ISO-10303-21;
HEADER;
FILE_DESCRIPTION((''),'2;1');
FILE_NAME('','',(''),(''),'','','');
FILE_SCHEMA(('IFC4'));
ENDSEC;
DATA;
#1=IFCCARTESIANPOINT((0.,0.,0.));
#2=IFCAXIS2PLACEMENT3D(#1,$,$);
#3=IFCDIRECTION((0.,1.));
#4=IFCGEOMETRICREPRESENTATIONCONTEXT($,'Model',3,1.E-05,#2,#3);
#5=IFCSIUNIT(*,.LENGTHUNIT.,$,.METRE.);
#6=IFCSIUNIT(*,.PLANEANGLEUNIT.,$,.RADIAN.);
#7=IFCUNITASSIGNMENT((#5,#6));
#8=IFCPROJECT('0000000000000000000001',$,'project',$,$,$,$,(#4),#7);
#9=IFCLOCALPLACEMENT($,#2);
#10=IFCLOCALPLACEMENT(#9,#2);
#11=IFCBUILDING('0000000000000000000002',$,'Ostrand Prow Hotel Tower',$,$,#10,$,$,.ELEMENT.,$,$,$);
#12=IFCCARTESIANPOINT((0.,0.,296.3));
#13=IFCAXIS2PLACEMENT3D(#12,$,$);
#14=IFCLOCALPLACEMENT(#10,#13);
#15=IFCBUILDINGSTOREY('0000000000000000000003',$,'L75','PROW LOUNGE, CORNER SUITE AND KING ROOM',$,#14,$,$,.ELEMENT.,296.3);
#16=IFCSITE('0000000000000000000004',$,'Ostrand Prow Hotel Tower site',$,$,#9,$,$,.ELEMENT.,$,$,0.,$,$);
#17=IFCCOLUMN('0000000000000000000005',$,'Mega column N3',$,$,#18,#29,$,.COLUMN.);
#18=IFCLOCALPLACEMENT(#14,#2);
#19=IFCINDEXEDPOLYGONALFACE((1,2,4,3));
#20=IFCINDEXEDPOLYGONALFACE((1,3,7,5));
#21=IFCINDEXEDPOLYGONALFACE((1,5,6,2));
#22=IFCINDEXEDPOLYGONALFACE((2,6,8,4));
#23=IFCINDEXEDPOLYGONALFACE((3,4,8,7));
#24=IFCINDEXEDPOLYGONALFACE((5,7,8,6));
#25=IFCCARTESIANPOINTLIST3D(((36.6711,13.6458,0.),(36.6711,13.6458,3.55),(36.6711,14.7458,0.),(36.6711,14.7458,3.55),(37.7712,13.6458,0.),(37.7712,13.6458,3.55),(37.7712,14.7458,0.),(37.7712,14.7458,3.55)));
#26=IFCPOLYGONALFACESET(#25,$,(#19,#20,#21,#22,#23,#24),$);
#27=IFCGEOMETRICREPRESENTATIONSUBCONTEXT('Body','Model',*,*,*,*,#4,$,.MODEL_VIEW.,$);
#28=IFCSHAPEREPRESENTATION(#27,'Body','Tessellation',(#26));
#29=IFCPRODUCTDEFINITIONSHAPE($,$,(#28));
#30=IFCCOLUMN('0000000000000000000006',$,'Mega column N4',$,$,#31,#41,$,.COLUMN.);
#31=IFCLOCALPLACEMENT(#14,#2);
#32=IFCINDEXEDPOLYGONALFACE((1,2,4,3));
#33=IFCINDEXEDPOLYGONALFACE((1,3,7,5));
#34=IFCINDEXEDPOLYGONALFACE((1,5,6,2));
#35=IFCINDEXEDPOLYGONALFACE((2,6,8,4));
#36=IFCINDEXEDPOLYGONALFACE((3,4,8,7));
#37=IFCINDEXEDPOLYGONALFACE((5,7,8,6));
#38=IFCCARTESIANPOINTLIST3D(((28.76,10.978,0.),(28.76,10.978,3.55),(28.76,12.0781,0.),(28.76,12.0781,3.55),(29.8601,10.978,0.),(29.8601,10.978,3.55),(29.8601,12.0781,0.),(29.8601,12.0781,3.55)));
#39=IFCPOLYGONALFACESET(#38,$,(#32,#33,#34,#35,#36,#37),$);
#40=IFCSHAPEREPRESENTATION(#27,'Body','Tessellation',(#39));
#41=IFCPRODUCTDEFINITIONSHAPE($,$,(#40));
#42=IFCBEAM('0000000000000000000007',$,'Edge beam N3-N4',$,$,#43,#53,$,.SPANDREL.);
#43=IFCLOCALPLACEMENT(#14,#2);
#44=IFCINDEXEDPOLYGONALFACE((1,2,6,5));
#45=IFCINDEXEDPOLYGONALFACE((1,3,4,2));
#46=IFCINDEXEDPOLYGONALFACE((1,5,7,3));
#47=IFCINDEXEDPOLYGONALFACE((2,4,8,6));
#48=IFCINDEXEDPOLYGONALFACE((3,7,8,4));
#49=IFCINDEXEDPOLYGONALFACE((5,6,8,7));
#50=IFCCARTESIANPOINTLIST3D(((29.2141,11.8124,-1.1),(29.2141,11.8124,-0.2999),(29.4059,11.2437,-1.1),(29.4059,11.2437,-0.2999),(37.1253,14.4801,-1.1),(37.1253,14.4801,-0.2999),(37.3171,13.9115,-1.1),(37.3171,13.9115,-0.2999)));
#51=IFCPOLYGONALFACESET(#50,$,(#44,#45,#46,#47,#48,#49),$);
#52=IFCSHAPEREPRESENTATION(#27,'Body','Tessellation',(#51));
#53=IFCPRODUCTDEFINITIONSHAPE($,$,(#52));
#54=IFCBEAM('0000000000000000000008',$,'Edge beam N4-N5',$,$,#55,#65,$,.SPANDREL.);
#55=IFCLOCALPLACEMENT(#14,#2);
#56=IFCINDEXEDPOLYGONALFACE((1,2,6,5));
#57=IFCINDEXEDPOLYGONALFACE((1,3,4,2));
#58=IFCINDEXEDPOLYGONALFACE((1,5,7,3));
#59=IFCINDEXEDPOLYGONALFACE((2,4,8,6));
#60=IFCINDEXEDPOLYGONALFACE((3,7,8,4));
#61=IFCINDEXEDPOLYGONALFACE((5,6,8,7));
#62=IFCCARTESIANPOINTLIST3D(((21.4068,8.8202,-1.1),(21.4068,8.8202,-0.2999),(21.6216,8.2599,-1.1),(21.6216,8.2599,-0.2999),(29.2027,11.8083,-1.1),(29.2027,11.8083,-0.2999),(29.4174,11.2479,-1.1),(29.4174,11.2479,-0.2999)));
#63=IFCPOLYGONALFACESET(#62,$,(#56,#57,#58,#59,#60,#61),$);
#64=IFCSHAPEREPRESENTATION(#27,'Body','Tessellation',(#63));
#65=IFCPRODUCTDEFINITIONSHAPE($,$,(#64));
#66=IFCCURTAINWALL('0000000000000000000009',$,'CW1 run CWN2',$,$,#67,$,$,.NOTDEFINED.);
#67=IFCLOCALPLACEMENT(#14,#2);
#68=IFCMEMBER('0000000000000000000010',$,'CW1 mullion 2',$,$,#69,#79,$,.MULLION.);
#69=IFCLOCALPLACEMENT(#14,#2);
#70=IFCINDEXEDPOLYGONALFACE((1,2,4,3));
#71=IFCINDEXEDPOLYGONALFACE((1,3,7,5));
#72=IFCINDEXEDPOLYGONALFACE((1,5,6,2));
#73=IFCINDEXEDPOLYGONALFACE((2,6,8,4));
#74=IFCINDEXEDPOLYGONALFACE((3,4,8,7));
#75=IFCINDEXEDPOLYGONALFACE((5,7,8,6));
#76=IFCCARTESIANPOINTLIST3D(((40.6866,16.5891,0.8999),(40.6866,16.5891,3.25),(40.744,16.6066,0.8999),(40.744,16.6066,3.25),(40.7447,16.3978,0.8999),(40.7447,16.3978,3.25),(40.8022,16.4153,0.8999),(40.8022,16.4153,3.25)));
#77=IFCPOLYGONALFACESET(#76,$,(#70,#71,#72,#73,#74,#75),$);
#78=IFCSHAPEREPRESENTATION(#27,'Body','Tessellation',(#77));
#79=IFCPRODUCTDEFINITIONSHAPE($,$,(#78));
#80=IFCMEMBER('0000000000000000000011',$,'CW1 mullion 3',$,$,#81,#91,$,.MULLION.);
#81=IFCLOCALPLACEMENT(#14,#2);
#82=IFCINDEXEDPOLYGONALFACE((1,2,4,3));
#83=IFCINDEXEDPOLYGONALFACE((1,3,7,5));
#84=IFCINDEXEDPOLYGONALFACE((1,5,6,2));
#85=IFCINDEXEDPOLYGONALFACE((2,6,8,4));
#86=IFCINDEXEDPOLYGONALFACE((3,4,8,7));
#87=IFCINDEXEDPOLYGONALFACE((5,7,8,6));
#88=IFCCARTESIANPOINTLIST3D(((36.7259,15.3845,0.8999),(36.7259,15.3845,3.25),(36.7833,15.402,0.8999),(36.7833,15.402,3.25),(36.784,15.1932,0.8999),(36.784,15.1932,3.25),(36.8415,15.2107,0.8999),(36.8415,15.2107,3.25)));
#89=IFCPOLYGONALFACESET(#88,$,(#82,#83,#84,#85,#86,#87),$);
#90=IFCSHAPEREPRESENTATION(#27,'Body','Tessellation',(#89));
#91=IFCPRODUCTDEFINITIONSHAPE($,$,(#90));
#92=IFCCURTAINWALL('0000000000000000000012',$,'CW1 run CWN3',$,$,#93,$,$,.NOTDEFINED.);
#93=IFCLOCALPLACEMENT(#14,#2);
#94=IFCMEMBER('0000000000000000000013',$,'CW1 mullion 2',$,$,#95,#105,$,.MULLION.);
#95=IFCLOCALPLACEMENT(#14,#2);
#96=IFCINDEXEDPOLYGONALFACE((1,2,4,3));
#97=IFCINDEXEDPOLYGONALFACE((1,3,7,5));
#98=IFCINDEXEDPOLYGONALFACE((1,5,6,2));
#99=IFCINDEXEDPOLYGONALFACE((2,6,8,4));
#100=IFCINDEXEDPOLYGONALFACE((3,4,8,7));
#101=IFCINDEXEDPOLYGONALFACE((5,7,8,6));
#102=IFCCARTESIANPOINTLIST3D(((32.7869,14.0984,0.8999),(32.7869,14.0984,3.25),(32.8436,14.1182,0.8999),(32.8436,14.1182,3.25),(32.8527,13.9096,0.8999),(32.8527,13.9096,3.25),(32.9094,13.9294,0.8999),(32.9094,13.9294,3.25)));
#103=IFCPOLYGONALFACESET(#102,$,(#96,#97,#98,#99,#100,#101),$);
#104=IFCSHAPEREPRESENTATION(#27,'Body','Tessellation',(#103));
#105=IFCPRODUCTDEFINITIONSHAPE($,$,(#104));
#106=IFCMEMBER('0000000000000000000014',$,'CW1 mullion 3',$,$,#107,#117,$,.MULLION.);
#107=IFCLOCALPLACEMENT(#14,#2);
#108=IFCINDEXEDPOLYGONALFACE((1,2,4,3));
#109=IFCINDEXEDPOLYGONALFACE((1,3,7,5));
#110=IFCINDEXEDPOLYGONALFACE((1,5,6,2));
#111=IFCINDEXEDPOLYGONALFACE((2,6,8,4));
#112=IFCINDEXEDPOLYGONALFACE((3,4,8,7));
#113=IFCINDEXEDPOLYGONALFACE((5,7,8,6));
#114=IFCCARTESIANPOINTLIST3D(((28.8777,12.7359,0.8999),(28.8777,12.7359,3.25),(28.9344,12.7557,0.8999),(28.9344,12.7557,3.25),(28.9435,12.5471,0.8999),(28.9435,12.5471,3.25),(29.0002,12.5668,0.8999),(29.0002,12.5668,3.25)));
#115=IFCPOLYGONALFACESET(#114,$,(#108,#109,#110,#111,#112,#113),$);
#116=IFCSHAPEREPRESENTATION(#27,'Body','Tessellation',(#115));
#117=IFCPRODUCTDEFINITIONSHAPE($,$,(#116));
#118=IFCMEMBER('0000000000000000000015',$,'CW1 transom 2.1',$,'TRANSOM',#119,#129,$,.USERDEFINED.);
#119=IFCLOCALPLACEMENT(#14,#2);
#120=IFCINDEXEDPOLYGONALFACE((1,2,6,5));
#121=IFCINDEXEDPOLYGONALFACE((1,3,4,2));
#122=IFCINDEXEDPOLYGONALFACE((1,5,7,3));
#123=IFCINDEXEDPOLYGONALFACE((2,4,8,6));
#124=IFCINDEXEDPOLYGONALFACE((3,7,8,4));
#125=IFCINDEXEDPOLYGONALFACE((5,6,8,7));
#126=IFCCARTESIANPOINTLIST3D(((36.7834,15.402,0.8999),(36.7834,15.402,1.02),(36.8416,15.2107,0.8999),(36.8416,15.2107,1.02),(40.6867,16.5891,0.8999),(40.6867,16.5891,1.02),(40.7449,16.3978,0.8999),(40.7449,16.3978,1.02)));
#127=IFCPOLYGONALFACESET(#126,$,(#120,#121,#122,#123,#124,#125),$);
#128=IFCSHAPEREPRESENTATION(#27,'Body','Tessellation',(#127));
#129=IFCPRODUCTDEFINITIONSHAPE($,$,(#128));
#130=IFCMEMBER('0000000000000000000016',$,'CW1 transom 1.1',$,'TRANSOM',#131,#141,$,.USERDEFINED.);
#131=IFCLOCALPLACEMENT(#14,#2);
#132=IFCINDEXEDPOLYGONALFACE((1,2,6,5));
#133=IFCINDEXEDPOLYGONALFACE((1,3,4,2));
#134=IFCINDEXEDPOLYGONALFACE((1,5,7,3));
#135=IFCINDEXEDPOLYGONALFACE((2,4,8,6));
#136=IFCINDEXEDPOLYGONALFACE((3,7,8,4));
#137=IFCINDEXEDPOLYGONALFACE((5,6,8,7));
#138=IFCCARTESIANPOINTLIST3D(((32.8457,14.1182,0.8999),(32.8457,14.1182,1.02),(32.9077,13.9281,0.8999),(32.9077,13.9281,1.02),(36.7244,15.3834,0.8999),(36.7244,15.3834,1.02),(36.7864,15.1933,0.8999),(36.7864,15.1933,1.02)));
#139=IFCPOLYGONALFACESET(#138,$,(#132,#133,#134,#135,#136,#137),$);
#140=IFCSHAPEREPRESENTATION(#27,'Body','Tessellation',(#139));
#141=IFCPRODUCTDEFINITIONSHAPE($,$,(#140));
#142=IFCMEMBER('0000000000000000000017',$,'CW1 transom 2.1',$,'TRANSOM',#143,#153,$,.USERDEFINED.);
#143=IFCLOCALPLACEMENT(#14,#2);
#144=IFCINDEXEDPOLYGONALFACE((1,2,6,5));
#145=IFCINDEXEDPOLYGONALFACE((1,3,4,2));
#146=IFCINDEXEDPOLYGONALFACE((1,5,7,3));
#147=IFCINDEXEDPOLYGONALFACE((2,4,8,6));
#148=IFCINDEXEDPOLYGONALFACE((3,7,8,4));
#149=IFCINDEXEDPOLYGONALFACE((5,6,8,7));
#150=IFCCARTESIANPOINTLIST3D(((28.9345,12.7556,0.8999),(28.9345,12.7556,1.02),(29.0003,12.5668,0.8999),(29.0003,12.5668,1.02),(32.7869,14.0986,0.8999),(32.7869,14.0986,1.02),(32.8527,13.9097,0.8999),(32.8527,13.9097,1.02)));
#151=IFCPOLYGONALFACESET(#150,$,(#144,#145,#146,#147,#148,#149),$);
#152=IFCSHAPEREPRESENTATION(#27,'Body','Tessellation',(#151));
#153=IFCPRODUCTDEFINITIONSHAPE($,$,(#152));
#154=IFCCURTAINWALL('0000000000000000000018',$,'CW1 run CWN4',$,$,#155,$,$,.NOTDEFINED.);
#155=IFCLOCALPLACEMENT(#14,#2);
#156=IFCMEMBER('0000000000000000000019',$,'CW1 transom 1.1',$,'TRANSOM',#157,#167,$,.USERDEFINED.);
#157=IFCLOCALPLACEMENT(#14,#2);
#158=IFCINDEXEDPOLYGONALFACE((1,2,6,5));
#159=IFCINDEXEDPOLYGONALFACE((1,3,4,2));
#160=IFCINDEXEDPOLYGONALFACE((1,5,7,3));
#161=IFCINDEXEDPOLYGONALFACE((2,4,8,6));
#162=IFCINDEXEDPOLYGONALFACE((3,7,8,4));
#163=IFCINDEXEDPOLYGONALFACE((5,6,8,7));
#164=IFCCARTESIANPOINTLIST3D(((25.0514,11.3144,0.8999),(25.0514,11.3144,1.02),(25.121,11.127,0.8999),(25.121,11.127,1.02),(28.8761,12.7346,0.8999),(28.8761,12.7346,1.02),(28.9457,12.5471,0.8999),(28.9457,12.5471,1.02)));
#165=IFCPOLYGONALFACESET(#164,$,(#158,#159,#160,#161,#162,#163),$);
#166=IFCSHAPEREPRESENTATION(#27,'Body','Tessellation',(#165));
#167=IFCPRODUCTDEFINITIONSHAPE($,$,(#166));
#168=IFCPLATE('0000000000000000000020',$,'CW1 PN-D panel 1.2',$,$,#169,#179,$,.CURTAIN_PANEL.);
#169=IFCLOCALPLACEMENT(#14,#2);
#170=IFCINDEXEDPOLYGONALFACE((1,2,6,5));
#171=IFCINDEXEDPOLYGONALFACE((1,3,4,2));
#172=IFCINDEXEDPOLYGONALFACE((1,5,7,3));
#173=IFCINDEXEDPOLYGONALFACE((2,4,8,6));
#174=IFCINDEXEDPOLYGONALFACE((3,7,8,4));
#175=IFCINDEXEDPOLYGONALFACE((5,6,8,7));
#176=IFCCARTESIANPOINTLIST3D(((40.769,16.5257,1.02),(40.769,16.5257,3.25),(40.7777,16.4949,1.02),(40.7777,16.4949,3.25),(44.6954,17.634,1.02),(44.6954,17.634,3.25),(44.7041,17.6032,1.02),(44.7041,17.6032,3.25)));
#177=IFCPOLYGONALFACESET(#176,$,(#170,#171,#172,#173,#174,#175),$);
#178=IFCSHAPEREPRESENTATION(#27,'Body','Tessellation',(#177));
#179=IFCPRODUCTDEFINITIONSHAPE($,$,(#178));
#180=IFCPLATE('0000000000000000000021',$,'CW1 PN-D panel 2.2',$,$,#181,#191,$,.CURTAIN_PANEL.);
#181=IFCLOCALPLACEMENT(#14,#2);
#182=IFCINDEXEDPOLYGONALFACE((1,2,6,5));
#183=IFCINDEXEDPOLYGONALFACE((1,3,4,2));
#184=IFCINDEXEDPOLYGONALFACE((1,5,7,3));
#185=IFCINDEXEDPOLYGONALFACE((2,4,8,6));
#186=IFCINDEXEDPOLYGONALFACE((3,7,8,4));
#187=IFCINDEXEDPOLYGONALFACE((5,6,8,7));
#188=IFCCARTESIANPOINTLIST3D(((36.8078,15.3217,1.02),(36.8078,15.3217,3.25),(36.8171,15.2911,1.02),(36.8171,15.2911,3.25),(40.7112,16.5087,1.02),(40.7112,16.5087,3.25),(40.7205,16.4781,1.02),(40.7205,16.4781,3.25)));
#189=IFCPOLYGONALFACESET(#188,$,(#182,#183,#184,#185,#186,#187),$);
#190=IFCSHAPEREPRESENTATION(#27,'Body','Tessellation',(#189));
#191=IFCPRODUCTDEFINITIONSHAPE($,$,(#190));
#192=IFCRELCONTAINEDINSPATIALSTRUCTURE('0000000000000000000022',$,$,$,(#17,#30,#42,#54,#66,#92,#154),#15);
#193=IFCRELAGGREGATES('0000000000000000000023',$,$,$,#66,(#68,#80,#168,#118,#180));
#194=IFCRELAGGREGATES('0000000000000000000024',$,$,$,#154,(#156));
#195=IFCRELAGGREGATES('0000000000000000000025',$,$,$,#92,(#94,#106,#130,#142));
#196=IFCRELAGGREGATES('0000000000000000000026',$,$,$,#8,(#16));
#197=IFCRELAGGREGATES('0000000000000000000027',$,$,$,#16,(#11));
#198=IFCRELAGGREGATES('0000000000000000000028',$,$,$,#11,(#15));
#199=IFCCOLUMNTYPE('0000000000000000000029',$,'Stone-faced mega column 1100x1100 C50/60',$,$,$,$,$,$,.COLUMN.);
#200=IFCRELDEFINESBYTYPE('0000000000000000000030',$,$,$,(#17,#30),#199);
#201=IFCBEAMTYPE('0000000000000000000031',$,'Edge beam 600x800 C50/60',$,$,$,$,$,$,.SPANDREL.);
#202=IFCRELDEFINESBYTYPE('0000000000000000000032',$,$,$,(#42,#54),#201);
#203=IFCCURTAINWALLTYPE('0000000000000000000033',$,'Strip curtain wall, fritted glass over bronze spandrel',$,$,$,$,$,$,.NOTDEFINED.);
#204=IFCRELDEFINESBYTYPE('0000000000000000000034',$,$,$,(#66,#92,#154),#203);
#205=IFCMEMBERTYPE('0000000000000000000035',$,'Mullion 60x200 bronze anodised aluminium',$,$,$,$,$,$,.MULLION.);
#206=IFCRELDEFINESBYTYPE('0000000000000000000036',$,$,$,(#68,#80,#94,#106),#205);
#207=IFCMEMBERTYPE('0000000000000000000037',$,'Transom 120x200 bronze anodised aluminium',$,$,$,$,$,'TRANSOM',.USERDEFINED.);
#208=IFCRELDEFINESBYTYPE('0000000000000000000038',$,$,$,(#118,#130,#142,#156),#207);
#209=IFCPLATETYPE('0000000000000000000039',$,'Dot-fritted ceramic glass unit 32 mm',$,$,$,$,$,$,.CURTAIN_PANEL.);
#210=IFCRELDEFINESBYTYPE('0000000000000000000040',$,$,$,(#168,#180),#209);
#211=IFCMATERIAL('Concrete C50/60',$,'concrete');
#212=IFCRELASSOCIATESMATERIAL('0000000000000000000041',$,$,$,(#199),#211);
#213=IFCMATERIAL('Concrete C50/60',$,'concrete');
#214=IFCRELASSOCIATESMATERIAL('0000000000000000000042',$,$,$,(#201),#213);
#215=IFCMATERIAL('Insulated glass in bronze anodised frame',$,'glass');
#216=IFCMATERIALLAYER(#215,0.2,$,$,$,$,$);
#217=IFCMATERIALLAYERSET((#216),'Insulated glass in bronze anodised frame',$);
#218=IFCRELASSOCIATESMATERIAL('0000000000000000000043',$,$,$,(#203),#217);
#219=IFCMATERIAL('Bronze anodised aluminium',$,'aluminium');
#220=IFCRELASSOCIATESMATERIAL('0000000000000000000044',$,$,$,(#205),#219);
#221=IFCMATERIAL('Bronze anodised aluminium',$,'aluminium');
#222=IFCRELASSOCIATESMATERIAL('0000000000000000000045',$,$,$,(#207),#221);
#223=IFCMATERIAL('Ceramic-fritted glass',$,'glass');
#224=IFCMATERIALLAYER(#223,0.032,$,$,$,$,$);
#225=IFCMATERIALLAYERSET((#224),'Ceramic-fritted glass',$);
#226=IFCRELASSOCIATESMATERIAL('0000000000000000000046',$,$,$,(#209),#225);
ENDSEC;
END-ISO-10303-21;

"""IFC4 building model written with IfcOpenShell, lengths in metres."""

from ifc_helpers import new_model, si_unit, direction, frame, origin, origin_2d, place, context, subcontext, project, spatial, rectangle, extrude, material, layer, layer_set, material_profile, profile_set, type_object, element, aggregate, save


model = new_model("IFC4")

# Units and contexts
model_context = context("Model", 3, precision=1e-05, world=origin(), true_north=direction((0.0, 1.0)))
body_context = subcontext(model_context, "Body", "Model", "MODEL_VIEW")
ifc_project = project(units=[si_unit("LENGTHUNIT", "METRE"), si_unit("PLANEANGLEUNIT", "RADIAN")], contexts=[model_context])

# Site, building, storey
site_placement = place(None, origin())
site = spatial("IfcSite", under=ifc_project, at=site_placement, Name="Ostrand Prow Hotel Tower site", CompositionType="ELEMENT", RefElevation=0.0)
building_placement = place(site_placement, origin())
building = spatial("IfcBuilding", under=site, at=building_placement, Name="Ostrand Prow Hotel Tower", CompositionType="ELEMENT")
storey_placement = place(building_placement, frame((0.0, 0.0, 296.3)))
storey = spatial("IfcBuildingStorey", under=building, at=storey_placement, Name="L75", Description="PROW LOUNGE, CORNER SUITE AND KING ROOM", CompositionType="ELEMENT", Elevation=296.3)

# Columns
ifc_material_1 = material(Name="Concrete C50/60", Category="concrete")
ifc_material_profile_1 = material_profile(ifc_material_1, rectangle(XDim=1.1001, YDim=1.1001, at=origin_2d()), Name="RC 1100x1100")
ifc_profile_set_1 = profile_set([ifc_material_profile_1], Name="Concrete C50/60")
column_type = type_object("IfcColumnType", Name="Stone-faced mega column 1100x1100 C50/60", PredefinedType="COLUMN", material=ifc_profile_set_1)
for number, where, z_axis, x_axis, name in (
    (1, (37.2212, 14.1958, 0.0), (0.0, 0.0, 1.0), (1.0, 0.0, 0.0), "Mega column N3"),
    (2, (29.3101, 11.5281, 0.0), (0.0, 0.0, 1.0), (1.0, 0.0, 0.0), "Mega column N4"),
):
    element("IfcColumn", number, at=place(storey_placement, frame(where, z_axis=z_axis, x_axis=x_axis)), inside=storey, type_object=column_type, Name=name, PredefinedType="COLUMN", context=body_context, shape_type="SweptSolid", body=[
        extrude(rectangle(XDim=1.1001, YDim=1.1001, at=origin_2d()), origin(), (0.0, 0.0, 1.0), 3.55),
    ])

# Beams
ifc_material_2 = material(Name="Concrete C50/60", Category="concrete")
ifc_material_profile_2 = material_profile(ifc_material_2, rectangle(XDim=0.6001, YDim=0.8, at=origin_2d()), Name="RC 600x800")
ifc_profile_set_2 = profile_set([ifc_material_profile_2], Name="Concrete C50/60")
beam_type = type_object("IfcBeamType", Name="Edge beam 600x800 C50/60", PredefinedType="SPANDREL", material=ifc_profile_set_2)
for number, where, z_axis, x_axis, name in (
    (3, (37.2212, 14.1958, -0.7), (-0.947575, -0.319533, 0.0), (0.319533, -0.947575, 0.0), "Edge beam N3-N4"),
    (4, (29.3101, 11.5281, -0.7), (-0.933762, -0.357895, 0.0), (0.357895, -0.933762, 0.0), "Edge beam N4-N5"),
):
    element("IfcBeam", number, at=place(storey_placement, frame(where, z_axis=z_axis, x_axis=x_axis)), inside=storey, type_object=beam_type, Name=name, PredefinedType="SPANDREL", context=body_context, shape_type="SweptSolid", body=[
        extrude(rectangle(XDim=0.6001, YDim=0.8, at=origin_2d()), origin(), (0.0, 0.0, 1.0), 8.3489),
    ])

# Curtain walls, members
ifc_material_3 = material(Name="Insulated glass in bronze anodised frame", Category="glass")
ifc_layer_1 = layer(ifc_material_3, 0.2)
ifc_layer_set_1 = layer_set([ifc_layer_1], Name="Insulated glass in bronze anodised frame")
curtain_wall_type = type_object("IfcCurtainWallType", Name="Strip curtain wall, fritted glass over bronze spandrel", PredefinedType="NOTDEFINED", material=ifc_layer_set_1)
curtain_wall_1_placement = place(storey_placement, origin())
curtain_wall_1 = element("IfcCurtainWall", 5, at=curtain_wall_1_placement, inside=storey, type_object=curtain_wall_type, Name="CW1 run CWN2", PredefinedType="NOTDEFINED")
ifc_material_4 = material(Name="Bronze anodised aluminium", Category="aluminium")
ifc_material_profile_3 = material_profile(ifc_material_4, rectangle(XDim=0.2, YDim=0.0601, at=origin_2d()), Name="Mullion 60x200 bronze anodised aluminium")
ifc_profile_set_3 = profile_set([ifc_material_profile_3], Name="Bronze anodised aluminium")
member_type_1 = type_object("IfcMemberType", Name="Mullion 60x200 bronze anodised aluminium", PredefinedType="MULLION", material=ifc_profile_set_3)
member_1_placement = place(storey_placement, frame((40.7444, 16.5022, 0.8999), z_axis=(0.0, 0.0, 1.0), x_axis=(0.290938, -0.956742, 0.0)))
member_1 = element("IfcMember", 6, at=member_1_placement, type_object=member_type_1, Name="CW1 mullion 2", PredefinedType="MULLION", context=body_context, shape_type="SweptSolid", body=[
    extrude(rectangle(XDim=0.2, YDim=0.0601, at=origin_2d()), origin(), (0.0, 0.0, 1.0), 2.3501),
])
member_2_placement = place(storey_placement, frame((36.7837, 15.2976, 0.8999), z_axis=(0.0, 0.0, 1.0), x_axis=(0.290938, -0.956742, 0.0)))
member_2 = element("IfcMember", 7, at=member_2_placement, type_object=member_type_1, Name="CW1 mullion 3", PredefinedType="MULLION", context=body_context, shape_type="SweptSolid", body=[
    extrude(rectangle(XDim=0.2, YDim=0.0601, at=origin_2d()), origin(), (0.0, 0.0, 1.0), 2.3501),
])
curtain_wall_2_placement = place(storey_placement, origin())
curtain_wall_2 = element("IfcCurtainWall", 8, at=curtain_wall_2_placement, inside=storey, type_object=curtain_wall_type, Name="CW1 run CWN3", PredefinedType="NOTDEFINED")
member_3_placement = place(storey_placement, frame((32.8481, 14.0139, 0.8999), z_axis=(0.0, 0.0, 1.0), x_axis=(0.329158, -0.944275, 0.0)))
member_3 = element("IfcMember", 9, at=member_3_placement, type_object=member_type_1, Name="CW1 mullion 2", PredefinedType="MULLION", context=body_context, shape_type="SweptSolid", body=[
    extrude(rectangle(XDim=0.2, YDim=0.0601, at=origin_2d()), origin(), (0.0, 0.0, 1.0), 2.3501),
])
member_4_placement = place(storey_placement, frame((28.939, 12.6514, 0.8999), z_axis=(0.0, 0.0, 1.0), x_axis=(0.329158, -0.944275, 0.0)))
member_4 = element("IfcMember", 10, at=member_4_placement, type_object=member_type_1, Name="CW1 mullion 3", PredefinedType="MULLION", context=body_context, shape_type="SweptSolid", body=[
    extrude(rectangle(XDim=0.2, YDim=0.0601, at=origin_2d()), origin(), (0.0, 0.0, 1.0), 2.3501),
])

# Members
ifc_material_5 = material(Name="Bronze anodised aluminium", Category="aluminium")
ifc_material_profile_4 = material_profile(ifc_material_5, rectangle(XDim=0.2, YDim=0.1201, at=origin_2d()), Name="Transom 120x200 bronze anodised aluminium")
ifc_profile_set_4 = profile_set([ifc_material_profile_4], Name="Bronze anodised aluminium")
member_type_2 = type_object("IfcMemberType", Name="Transom 120x200 bronze anodised aluminium", ElementType="TRANSOM", PredefinedType="USERDEFINED", material=ifc_profile_set_4)
member_5_placement = place(storey_placement, frame((40.7158, 16.4934, 0.96), z_axis=(-0.956739, -0.290947, 0.0), x_axis=(0.290947, -0.956739, 0.0)))
member_5 = element("IfcMember", 11, at=member_5_placement, type_object=member_type_2, Name="CW1 transom 2.1", ObjectType="TRANSOM", PredefinedType="USERDEFINED", context=body_context, shape_type="SweptSolid", body=[
    extrude(rectangle(XDim=0.2, YDim=0.1201, at=origin_2d()), origin(), (0.0, 0.0, 1.0), 4.0798),
])
member_6_placement = place(storey_placement, frame((36.7554, 15.2883, 0.96), z_axis=(-0.950704, -0.310099, 0.0), x_axis=(0.310099, -0.950704, 0.0)))
member_6 = element("IfcMember", 12, at=member_6_placement, type_object=member_type_2, Name="CW1 transom 1.1", ObjectType="TRANSOM", PredefinedType="USERDEFINED", context=body_context, shape_type="SweptSolid", body=[
    extrude(rectangle(XDim=0.2, YDim=0.1201, at=origin_2d()), origin(), (0.0, 0.0, 1.0), 4.0798),
])
member_7_placement = place(storey_placement, frame((32.8198, 14.0042, 0.96), z_axis=(-0.944268, -0.329177, 0.0), x_axis=(0.329177, -0.944268, 0.0)))
member_7 = element("IfcMember", 13, at=member_7_placement, type_object=member_type_2, Name="CW1 transom 2.1", ObjectType="TRANSOM", PredefinedType="USERDEFINED", context=body_context, shape_type="SweptSolid", body=[
    extrude(rectangle(XDim=0.2, YDim=0.1201, at=origin_2d()), origin(), (0.0, 0.0, 1.0), 4.0798),
])

# Curtain wall, member
curtain_wall_3_placement = place(storey_placement, origin())
curtain_wall_3 = element("IfcCurtainWall", 14, at=curtain_wall_3_placement, inside=storey, type_object=curtain_wall_type, Name="CW1 run CWN4", PredefinedType="NOTDEFINED")
member_8_placement = place(storey_placement, frame((28.9109, 12.6409, 0.96), z_axis=(-0.93746, -0.348092, 0.0), x_axis=(0.348092, -0.93746, 0.0)))
member_8 = element("IfcMember", 15, at=member_8_placement, type_object=member_type_2, Name="CW1 transom 1.1", ObjectType="TRANSOM", PredefinedType="USERDEFINED", context=body_context, shape_type="SweptSolid", body=[
    extrude(rectangle(XDim=0.2, YDim=0.1201, at=origin_2d()), origin(), (0.0, 0.0, 1.0), 4.0798),
])

# Plates
ifc_material_6 = material(Name="Ceramic-fritted glass", Category="glass")
ifc_layer_2 = layer(ifc_material_6, 0.032)
ifc_layer_set_2 = layer_set([ifc_layer_2], Name="Ceramic-fritted glass")
plate_type_1 = type_object("IfcPlateType", Name="Dot-fritted ceramic glass unit 32 mm", PredefinedType="CURTAIN_PANEL", material=ifc_layer_set_2)
plate_1_placement = place(storey_placement, frame((42.7366, 17.0645, 1.02), z_axis=(0.0, 0.0, 1.0), x_axis=(-0.962396, -0.271649, 0.0)))
plate_1 = element("IfcPlate", 16, at=plate_1_placement, type_object=plate_type_1, Name="CW1 PN-D panel 1.2", PredefinedType="CURTAIN_PANEL", context=body_context, shape_type="SweptSolid", body=[
    extrude(rectangle(XDim=4.0798, YDim=0.032, at=origin_2d()), origin(), (0.0, 0.0, 1.0), 2.23),
])
plate_2_placement = place(storey_placement, frame((38.7642, 15.8999, 1.02), z_axis=(0.0, 0.0, 1.0), x_axis=(-0.956742, -0.290938, 0.0)))
plate_2 = element("IfcPlate", 17, at=plate_2_placement, type_object=plate_type_1, Name="CW1 PN-D panel 2.2", PredefinedType="CURTAIN_PANEL", context=body_context, shape_type="SweptSolid", body=[
    extrude(rectangle(XDim=4.0798, YDim=0.032, at=origin_2d()), origin(), (0.0, 0.0, 1.0), 2.23),
])
aggregate(curtain_wall_1, [member_1, member_2, plate_1, member_5, plate_2])
aggregate(curtain_wall_3, [member_8])
aggregate(curtain_wall_2, [member_3, member_4, member_6, member_7])

save(model, "model.ifc")
